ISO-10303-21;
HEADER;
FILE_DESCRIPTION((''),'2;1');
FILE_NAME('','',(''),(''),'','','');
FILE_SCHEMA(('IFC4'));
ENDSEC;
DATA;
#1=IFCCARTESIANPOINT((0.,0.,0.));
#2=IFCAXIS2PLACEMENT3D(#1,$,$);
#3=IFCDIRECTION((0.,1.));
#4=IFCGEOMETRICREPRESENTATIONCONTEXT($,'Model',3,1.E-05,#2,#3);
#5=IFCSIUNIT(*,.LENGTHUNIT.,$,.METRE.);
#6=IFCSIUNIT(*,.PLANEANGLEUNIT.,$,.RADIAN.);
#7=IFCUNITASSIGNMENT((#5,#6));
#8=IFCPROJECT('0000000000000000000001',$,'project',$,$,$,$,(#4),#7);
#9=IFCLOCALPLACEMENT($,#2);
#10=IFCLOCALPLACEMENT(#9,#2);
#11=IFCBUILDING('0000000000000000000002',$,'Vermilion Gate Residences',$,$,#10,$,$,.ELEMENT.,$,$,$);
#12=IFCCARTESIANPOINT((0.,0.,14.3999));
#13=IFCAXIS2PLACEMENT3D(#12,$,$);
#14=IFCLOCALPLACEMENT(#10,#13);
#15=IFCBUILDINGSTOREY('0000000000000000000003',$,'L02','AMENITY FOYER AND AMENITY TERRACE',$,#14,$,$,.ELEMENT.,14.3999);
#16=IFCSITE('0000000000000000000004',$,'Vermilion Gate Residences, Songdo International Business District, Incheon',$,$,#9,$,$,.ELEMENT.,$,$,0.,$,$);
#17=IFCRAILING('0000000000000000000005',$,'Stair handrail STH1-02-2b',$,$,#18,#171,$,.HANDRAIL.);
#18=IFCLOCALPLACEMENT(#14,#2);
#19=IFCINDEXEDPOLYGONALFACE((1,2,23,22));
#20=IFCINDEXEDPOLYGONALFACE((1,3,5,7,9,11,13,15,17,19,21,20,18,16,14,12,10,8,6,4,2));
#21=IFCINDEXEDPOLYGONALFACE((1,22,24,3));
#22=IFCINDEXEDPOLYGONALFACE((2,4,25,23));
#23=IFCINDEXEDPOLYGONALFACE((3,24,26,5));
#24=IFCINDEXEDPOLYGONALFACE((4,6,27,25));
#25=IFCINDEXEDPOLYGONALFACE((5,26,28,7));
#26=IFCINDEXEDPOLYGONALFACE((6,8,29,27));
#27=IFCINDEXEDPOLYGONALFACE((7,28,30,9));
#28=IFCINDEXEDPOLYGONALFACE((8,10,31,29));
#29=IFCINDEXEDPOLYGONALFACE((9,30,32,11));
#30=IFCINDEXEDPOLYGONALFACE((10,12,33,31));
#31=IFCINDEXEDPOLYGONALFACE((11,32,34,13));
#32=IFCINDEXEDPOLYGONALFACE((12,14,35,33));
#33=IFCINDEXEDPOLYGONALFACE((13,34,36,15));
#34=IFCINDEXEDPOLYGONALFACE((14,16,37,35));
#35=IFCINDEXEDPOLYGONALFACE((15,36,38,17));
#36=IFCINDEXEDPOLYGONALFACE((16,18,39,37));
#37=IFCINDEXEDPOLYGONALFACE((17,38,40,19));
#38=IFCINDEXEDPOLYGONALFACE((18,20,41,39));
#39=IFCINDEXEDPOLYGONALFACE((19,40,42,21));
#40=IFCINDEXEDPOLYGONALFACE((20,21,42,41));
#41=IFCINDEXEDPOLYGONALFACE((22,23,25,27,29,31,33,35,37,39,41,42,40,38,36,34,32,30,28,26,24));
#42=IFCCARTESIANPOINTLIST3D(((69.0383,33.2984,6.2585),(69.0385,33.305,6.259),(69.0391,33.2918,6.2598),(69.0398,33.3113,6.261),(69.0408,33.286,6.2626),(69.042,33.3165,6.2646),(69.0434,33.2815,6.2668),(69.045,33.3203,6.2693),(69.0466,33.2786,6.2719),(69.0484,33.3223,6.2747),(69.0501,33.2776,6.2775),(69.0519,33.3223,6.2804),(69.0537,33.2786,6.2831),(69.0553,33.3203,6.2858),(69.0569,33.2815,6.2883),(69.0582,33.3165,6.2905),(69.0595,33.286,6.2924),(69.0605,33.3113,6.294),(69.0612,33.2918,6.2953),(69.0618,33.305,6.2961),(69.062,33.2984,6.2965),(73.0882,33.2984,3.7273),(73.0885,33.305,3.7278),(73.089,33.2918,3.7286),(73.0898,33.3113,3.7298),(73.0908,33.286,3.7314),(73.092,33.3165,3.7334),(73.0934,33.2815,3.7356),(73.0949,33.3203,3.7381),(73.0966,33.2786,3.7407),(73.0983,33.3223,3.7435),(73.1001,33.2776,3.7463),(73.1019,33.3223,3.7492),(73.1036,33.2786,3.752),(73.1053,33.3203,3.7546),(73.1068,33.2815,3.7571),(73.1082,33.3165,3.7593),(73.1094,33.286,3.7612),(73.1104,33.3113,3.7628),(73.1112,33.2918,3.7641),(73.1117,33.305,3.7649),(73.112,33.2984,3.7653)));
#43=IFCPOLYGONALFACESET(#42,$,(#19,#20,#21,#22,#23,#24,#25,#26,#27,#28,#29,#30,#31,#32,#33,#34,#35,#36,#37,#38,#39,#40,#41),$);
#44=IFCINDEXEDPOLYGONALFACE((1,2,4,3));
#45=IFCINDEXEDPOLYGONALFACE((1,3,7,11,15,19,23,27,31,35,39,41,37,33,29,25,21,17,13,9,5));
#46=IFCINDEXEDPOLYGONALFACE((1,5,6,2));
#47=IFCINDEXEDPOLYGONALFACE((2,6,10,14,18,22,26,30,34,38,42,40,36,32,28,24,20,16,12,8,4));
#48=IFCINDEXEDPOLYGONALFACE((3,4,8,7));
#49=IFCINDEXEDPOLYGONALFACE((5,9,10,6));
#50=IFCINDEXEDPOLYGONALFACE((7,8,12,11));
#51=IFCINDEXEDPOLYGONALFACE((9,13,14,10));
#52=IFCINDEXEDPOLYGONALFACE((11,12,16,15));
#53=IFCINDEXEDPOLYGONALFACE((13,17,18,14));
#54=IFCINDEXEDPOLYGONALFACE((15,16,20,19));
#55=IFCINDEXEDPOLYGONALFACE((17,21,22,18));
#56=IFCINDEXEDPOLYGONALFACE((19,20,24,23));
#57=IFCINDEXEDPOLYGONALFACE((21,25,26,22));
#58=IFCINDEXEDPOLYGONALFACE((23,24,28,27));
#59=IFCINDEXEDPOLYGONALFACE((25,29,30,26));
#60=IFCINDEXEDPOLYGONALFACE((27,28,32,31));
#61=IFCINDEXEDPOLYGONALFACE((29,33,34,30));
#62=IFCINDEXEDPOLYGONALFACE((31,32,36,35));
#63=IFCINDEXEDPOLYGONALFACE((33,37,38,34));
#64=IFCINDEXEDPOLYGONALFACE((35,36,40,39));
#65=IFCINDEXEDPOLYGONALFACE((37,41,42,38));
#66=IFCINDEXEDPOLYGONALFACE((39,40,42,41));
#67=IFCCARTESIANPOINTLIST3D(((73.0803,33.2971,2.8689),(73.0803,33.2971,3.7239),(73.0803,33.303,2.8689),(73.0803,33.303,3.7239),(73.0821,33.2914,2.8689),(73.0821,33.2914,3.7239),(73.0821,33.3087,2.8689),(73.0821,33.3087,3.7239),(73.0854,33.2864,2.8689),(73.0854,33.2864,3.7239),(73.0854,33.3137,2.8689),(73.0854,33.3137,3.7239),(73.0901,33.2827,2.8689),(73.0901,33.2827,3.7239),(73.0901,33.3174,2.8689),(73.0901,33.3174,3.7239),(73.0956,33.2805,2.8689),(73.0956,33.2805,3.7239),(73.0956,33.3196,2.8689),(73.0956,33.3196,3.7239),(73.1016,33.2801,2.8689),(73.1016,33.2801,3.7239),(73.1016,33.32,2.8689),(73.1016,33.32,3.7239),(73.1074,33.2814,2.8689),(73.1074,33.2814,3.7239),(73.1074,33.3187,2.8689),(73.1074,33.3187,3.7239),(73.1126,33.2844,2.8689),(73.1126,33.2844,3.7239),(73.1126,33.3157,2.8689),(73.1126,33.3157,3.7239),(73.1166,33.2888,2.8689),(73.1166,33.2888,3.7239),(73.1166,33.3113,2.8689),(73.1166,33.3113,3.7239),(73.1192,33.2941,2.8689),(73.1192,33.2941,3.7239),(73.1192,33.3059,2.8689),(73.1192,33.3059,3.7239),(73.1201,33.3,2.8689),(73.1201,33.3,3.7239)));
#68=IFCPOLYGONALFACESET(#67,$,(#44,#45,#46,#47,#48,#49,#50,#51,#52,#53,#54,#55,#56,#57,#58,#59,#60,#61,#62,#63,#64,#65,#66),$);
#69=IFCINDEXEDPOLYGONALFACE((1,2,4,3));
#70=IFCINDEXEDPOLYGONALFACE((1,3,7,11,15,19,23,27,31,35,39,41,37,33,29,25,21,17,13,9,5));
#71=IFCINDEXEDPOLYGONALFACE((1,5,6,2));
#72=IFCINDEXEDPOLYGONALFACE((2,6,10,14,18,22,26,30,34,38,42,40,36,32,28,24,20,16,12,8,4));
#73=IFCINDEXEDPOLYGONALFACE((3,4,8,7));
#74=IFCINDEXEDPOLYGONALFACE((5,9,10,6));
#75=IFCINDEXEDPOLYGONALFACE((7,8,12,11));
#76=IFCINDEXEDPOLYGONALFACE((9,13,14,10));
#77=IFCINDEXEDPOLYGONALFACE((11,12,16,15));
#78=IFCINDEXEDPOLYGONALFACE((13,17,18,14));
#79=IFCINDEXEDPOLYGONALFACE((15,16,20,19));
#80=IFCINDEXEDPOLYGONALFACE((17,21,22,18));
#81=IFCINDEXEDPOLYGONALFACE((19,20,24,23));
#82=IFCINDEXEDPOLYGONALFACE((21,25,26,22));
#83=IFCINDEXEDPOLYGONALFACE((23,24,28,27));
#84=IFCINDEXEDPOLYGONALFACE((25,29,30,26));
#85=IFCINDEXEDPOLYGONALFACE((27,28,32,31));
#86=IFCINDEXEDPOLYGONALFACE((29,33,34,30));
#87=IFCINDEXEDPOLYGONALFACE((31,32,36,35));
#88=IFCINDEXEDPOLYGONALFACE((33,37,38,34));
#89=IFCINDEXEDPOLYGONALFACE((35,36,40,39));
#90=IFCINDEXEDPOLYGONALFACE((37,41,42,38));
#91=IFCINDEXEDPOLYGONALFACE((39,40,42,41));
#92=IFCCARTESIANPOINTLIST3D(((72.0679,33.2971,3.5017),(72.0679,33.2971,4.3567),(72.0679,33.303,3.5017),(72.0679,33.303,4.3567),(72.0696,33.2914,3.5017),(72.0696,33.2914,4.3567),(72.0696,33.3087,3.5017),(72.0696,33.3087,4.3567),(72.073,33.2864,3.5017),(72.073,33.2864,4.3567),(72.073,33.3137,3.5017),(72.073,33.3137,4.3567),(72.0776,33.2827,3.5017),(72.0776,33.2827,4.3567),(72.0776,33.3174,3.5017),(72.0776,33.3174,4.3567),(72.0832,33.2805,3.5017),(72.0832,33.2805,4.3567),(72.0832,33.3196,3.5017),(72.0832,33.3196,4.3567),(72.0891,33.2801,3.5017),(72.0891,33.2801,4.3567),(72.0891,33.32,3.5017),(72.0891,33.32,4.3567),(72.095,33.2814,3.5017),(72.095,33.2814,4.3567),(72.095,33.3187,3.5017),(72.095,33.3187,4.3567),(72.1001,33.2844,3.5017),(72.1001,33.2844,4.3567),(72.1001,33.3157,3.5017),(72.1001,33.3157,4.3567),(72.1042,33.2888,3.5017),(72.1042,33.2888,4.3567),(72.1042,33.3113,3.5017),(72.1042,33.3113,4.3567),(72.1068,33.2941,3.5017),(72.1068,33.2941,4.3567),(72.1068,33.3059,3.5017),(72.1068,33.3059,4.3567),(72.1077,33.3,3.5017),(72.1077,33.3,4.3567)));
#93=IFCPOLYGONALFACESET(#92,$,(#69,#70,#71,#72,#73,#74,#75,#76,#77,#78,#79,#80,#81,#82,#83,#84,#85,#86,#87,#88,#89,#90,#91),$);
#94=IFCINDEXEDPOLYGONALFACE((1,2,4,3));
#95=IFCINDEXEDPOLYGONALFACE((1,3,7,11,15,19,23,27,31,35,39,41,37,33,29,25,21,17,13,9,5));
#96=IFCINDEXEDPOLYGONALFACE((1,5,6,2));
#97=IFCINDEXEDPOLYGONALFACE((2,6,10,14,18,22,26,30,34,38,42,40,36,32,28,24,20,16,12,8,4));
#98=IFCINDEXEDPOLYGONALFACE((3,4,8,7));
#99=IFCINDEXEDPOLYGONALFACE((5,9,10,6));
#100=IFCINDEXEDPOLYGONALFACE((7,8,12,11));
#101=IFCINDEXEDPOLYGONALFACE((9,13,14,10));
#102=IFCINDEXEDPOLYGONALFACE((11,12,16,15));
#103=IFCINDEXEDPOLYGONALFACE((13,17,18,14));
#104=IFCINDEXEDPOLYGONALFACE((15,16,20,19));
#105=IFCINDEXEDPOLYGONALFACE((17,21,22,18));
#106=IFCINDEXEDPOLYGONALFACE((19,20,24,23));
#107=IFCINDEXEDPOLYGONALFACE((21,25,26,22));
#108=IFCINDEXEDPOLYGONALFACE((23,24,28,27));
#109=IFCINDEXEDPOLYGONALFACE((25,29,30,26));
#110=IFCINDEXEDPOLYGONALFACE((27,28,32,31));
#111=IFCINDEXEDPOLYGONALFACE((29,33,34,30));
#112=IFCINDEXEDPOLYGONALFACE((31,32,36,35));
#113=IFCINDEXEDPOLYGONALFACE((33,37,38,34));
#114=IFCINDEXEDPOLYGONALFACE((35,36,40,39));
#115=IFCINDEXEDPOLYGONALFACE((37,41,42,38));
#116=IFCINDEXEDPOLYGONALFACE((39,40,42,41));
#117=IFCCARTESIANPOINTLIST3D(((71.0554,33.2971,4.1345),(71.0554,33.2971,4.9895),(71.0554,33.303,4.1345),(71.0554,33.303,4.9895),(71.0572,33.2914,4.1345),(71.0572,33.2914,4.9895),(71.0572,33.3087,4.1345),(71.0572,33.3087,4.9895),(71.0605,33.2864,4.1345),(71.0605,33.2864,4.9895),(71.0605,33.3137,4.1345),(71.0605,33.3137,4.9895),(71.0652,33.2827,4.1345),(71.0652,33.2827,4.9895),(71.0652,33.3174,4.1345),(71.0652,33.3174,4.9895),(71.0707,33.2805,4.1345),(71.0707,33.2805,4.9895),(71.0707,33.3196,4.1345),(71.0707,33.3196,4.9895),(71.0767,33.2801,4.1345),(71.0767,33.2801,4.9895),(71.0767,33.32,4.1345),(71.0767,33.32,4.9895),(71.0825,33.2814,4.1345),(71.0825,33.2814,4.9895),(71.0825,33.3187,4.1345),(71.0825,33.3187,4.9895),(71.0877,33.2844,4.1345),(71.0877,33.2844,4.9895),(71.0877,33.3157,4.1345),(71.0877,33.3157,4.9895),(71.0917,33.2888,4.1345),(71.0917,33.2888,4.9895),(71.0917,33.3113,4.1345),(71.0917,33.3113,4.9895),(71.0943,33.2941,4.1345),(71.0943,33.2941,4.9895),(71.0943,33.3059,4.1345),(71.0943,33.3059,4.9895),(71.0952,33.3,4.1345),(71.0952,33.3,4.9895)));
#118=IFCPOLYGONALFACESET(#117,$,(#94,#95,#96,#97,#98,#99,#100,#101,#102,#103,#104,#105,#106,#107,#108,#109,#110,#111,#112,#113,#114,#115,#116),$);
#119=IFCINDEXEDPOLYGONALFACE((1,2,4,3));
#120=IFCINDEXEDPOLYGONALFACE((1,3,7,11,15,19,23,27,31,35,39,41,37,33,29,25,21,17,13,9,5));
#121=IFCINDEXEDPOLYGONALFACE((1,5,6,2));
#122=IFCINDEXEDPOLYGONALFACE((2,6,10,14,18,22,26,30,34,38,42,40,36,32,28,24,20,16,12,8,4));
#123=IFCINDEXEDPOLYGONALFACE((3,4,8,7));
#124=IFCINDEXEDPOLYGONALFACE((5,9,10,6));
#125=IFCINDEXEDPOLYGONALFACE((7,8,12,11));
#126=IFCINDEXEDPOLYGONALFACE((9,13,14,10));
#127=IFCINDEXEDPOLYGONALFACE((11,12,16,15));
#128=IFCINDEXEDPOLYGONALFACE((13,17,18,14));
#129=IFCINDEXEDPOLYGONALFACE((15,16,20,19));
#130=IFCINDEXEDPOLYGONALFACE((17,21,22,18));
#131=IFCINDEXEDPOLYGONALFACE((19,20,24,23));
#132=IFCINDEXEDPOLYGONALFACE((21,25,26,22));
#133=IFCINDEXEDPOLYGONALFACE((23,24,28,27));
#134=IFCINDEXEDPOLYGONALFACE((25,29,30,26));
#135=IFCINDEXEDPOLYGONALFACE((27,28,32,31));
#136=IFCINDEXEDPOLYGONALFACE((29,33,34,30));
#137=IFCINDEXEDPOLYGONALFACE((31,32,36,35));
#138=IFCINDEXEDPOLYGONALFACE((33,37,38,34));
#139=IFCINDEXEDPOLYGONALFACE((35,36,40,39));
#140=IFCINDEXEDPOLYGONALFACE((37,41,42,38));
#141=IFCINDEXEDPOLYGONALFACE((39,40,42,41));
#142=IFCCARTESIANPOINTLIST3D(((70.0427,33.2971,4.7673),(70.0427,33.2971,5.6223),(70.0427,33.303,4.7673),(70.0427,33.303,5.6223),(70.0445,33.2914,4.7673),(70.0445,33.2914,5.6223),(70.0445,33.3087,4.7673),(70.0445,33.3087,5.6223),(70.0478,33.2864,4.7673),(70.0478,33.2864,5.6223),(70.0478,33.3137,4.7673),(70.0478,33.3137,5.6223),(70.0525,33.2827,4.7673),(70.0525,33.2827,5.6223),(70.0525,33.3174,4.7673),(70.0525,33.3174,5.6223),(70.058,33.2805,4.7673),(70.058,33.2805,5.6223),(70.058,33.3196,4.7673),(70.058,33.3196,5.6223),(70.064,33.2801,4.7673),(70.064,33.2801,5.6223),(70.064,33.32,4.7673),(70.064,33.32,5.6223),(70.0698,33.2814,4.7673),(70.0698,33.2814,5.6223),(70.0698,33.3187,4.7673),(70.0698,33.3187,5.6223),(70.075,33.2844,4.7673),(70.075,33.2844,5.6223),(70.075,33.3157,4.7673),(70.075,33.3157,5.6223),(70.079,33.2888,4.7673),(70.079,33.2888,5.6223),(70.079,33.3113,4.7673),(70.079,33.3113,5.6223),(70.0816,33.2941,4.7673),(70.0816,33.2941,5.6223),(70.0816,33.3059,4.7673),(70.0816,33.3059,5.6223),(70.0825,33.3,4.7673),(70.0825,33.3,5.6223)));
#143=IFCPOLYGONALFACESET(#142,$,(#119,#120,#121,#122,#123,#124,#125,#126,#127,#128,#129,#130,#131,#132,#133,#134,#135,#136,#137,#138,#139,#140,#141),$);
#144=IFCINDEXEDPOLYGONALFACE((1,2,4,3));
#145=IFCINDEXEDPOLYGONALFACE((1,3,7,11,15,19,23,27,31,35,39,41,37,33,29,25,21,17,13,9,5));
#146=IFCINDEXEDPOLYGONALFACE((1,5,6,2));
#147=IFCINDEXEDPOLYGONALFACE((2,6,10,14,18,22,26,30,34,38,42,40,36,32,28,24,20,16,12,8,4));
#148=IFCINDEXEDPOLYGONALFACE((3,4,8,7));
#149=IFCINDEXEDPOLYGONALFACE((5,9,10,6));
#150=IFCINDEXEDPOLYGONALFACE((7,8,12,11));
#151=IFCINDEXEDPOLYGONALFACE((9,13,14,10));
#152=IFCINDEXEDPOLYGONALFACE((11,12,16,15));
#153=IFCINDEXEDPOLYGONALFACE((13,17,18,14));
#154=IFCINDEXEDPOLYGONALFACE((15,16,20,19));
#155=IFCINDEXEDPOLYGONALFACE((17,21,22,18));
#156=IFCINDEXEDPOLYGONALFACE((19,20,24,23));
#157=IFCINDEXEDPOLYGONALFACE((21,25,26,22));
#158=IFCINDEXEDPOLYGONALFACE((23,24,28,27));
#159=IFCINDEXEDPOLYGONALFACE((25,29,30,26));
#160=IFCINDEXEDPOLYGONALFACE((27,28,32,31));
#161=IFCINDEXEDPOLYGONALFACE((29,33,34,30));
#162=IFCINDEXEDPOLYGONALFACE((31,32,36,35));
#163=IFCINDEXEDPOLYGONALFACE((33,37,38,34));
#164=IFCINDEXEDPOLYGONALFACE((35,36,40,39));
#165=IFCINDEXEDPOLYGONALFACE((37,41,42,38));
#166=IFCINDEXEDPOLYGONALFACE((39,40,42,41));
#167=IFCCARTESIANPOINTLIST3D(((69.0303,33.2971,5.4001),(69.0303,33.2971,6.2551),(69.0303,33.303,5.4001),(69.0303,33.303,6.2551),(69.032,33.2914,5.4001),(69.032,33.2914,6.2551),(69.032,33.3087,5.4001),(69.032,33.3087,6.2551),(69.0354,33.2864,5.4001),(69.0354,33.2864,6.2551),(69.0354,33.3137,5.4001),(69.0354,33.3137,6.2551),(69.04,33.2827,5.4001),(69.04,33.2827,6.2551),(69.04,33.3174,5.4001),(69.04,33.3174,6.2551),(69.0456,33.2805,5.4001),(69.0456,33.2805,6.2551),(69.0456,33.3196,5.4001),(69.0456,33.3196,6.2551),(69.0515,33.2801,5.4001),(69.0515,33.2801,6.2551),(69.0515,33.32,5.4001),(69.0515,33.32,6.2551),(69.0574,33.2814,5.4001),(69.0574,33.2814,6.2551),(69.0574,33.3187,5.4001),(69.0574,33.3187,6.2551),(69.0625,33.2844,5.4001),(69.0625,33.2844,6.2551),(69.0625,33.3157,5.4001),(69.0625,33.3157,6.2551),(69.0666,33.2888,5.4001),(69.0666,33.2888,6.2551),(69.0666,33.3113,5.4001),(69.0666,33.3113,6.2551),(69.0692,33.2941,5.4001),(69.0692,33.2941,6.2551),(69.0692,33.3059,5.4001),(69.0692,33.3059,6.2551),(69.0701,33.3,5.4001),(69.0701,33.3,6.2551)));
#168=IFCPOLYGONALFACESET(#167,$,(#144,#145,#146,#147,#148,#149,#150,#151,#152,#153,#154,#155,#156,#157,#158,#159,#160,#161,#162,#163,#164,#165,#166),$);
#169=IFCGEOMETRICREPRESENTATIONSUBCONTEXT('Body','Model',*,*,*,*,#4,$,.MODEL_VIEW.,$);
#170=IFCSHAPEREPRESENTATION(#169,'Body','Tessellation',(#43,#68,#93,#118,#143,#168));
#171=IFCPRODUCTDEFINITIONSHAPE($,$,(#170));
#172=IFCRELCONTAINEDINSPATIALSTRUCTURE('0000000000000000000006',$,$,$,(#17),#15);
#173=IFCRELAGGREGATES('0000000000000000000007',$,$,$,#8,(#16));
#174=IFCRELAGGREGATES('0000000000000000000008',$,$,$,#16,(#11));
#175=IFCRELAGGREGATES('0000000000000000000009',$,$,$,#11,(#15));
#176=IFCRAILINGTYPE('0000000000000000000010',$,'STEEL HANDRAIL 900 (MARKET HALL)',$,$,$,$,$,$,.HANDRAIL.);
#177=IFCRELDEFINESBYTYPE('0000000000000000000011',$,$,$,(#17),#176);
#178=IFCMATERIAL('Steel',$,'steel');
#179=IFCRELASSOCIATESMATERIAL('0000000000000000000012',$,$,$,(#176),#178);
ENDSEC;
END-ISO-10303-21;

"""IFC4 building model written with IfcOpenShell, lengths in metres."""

from ifc_helpers import new_model, si_unit, direction, frame, origin, origin_2d, place, context, subcontext, project, spatial, circle, extrude, material, type_object, element, save


model = new_model("IFC4")

# Units and contexts
model_context = context("Model", 3, precision=1e-05, world=origin(), true_north=direction((0.0, 1.0)))
body_context = subcontext(model_context, "Body", "Model", "MODEL_VIEW")
ifc_project = project(units=[si_unit("LENGTHUNIT", "METRE"), si_unit("PLANEANGLEUNIT", "RADIAN")], contexts=[model_context])

# Site, building, storey
site_placement = place(None, origin())
site = spatial("IfcSite", under=ifc_project, at=site_placement, Name="Vermilion Gate Residences, Songdo International Business District, Incheon", CompositionType="ELEMENT", RefElevation=0.0)
building_placement = place(site_placement, origin())
building = spatial("IfcBuilding", under=site, at=building_placement, Name="Vermilion Gate Residences", CompositionType="ELEMENT")
storey_placement = place(building_placement, frame((0.0, 0.0, 14.3999)))
storey = spatial("IfcBuildingStorey", under=building, at=storey_placement, Name="L02", Description="AMENITY FOYER AND AMENITY TERRACE", CompositionType="ELEMENT", Elevation=14.3999)

# Railing
ifc_material_1 = material(Name="Steel", Category="steel")
railing_type_1 = type_object("IfcRailingType", Name="STEEL HANDRAIL 900 (MARKET HALL)", PredefinedType="HANDRAIL", material=ifc_material_1)
for number, where, name in (
    (1, (73.1001, 33.3, 2.8689), "Stair handrail STH1-02-2b"),
):
    element("IfcRailing", number, at=place(storey_placement, frame(where)), inside=storey, type_object=railing_type_1, Name=name, PredefinedType="HANDRAIL", context=body_context, shape_type="SweptSolid", body=[
        extrude(circle(Radius=0.0225, at=origin_2d()), frame((0.0, 0.0, 0.8774), z_axis=(-0.848001, 0.0, 0.529994), x_axis=(0.0, -1.0, 0.0)), (0.0, 0.0, 1.0), 4.7759),
        extrude(circle(Radius=0.02, at=origin_2d()), origin(), (0.0, 0.0, 1.0), 0.855),
        extrude(circle(Radius=0.02, at=origin_2d()), frame((-1.0125, 0.0, 0.6328)), (0.0, 0.0, 1.0), 0.855),
        extrude(circle(Radius=0.02, at=origin_2d()), frame((-2.0249, 0.0, 1.2656)), (0.0, 0.0, 1.0), 0.855),
        extrude(circle(Radius=0.02, at=origin_2d()), frame((-3.0376, 0.0, 1.8984)), (0.0, 0.0, 1.0), 0.855),
        extrude(circle(Radius=0.02, at=origin_2d()), frame((-4.05, 0.0, 2.5312)), (0.0, 0.0, 1.0), 0.855),
    ])

save(model, "model.ifc")
